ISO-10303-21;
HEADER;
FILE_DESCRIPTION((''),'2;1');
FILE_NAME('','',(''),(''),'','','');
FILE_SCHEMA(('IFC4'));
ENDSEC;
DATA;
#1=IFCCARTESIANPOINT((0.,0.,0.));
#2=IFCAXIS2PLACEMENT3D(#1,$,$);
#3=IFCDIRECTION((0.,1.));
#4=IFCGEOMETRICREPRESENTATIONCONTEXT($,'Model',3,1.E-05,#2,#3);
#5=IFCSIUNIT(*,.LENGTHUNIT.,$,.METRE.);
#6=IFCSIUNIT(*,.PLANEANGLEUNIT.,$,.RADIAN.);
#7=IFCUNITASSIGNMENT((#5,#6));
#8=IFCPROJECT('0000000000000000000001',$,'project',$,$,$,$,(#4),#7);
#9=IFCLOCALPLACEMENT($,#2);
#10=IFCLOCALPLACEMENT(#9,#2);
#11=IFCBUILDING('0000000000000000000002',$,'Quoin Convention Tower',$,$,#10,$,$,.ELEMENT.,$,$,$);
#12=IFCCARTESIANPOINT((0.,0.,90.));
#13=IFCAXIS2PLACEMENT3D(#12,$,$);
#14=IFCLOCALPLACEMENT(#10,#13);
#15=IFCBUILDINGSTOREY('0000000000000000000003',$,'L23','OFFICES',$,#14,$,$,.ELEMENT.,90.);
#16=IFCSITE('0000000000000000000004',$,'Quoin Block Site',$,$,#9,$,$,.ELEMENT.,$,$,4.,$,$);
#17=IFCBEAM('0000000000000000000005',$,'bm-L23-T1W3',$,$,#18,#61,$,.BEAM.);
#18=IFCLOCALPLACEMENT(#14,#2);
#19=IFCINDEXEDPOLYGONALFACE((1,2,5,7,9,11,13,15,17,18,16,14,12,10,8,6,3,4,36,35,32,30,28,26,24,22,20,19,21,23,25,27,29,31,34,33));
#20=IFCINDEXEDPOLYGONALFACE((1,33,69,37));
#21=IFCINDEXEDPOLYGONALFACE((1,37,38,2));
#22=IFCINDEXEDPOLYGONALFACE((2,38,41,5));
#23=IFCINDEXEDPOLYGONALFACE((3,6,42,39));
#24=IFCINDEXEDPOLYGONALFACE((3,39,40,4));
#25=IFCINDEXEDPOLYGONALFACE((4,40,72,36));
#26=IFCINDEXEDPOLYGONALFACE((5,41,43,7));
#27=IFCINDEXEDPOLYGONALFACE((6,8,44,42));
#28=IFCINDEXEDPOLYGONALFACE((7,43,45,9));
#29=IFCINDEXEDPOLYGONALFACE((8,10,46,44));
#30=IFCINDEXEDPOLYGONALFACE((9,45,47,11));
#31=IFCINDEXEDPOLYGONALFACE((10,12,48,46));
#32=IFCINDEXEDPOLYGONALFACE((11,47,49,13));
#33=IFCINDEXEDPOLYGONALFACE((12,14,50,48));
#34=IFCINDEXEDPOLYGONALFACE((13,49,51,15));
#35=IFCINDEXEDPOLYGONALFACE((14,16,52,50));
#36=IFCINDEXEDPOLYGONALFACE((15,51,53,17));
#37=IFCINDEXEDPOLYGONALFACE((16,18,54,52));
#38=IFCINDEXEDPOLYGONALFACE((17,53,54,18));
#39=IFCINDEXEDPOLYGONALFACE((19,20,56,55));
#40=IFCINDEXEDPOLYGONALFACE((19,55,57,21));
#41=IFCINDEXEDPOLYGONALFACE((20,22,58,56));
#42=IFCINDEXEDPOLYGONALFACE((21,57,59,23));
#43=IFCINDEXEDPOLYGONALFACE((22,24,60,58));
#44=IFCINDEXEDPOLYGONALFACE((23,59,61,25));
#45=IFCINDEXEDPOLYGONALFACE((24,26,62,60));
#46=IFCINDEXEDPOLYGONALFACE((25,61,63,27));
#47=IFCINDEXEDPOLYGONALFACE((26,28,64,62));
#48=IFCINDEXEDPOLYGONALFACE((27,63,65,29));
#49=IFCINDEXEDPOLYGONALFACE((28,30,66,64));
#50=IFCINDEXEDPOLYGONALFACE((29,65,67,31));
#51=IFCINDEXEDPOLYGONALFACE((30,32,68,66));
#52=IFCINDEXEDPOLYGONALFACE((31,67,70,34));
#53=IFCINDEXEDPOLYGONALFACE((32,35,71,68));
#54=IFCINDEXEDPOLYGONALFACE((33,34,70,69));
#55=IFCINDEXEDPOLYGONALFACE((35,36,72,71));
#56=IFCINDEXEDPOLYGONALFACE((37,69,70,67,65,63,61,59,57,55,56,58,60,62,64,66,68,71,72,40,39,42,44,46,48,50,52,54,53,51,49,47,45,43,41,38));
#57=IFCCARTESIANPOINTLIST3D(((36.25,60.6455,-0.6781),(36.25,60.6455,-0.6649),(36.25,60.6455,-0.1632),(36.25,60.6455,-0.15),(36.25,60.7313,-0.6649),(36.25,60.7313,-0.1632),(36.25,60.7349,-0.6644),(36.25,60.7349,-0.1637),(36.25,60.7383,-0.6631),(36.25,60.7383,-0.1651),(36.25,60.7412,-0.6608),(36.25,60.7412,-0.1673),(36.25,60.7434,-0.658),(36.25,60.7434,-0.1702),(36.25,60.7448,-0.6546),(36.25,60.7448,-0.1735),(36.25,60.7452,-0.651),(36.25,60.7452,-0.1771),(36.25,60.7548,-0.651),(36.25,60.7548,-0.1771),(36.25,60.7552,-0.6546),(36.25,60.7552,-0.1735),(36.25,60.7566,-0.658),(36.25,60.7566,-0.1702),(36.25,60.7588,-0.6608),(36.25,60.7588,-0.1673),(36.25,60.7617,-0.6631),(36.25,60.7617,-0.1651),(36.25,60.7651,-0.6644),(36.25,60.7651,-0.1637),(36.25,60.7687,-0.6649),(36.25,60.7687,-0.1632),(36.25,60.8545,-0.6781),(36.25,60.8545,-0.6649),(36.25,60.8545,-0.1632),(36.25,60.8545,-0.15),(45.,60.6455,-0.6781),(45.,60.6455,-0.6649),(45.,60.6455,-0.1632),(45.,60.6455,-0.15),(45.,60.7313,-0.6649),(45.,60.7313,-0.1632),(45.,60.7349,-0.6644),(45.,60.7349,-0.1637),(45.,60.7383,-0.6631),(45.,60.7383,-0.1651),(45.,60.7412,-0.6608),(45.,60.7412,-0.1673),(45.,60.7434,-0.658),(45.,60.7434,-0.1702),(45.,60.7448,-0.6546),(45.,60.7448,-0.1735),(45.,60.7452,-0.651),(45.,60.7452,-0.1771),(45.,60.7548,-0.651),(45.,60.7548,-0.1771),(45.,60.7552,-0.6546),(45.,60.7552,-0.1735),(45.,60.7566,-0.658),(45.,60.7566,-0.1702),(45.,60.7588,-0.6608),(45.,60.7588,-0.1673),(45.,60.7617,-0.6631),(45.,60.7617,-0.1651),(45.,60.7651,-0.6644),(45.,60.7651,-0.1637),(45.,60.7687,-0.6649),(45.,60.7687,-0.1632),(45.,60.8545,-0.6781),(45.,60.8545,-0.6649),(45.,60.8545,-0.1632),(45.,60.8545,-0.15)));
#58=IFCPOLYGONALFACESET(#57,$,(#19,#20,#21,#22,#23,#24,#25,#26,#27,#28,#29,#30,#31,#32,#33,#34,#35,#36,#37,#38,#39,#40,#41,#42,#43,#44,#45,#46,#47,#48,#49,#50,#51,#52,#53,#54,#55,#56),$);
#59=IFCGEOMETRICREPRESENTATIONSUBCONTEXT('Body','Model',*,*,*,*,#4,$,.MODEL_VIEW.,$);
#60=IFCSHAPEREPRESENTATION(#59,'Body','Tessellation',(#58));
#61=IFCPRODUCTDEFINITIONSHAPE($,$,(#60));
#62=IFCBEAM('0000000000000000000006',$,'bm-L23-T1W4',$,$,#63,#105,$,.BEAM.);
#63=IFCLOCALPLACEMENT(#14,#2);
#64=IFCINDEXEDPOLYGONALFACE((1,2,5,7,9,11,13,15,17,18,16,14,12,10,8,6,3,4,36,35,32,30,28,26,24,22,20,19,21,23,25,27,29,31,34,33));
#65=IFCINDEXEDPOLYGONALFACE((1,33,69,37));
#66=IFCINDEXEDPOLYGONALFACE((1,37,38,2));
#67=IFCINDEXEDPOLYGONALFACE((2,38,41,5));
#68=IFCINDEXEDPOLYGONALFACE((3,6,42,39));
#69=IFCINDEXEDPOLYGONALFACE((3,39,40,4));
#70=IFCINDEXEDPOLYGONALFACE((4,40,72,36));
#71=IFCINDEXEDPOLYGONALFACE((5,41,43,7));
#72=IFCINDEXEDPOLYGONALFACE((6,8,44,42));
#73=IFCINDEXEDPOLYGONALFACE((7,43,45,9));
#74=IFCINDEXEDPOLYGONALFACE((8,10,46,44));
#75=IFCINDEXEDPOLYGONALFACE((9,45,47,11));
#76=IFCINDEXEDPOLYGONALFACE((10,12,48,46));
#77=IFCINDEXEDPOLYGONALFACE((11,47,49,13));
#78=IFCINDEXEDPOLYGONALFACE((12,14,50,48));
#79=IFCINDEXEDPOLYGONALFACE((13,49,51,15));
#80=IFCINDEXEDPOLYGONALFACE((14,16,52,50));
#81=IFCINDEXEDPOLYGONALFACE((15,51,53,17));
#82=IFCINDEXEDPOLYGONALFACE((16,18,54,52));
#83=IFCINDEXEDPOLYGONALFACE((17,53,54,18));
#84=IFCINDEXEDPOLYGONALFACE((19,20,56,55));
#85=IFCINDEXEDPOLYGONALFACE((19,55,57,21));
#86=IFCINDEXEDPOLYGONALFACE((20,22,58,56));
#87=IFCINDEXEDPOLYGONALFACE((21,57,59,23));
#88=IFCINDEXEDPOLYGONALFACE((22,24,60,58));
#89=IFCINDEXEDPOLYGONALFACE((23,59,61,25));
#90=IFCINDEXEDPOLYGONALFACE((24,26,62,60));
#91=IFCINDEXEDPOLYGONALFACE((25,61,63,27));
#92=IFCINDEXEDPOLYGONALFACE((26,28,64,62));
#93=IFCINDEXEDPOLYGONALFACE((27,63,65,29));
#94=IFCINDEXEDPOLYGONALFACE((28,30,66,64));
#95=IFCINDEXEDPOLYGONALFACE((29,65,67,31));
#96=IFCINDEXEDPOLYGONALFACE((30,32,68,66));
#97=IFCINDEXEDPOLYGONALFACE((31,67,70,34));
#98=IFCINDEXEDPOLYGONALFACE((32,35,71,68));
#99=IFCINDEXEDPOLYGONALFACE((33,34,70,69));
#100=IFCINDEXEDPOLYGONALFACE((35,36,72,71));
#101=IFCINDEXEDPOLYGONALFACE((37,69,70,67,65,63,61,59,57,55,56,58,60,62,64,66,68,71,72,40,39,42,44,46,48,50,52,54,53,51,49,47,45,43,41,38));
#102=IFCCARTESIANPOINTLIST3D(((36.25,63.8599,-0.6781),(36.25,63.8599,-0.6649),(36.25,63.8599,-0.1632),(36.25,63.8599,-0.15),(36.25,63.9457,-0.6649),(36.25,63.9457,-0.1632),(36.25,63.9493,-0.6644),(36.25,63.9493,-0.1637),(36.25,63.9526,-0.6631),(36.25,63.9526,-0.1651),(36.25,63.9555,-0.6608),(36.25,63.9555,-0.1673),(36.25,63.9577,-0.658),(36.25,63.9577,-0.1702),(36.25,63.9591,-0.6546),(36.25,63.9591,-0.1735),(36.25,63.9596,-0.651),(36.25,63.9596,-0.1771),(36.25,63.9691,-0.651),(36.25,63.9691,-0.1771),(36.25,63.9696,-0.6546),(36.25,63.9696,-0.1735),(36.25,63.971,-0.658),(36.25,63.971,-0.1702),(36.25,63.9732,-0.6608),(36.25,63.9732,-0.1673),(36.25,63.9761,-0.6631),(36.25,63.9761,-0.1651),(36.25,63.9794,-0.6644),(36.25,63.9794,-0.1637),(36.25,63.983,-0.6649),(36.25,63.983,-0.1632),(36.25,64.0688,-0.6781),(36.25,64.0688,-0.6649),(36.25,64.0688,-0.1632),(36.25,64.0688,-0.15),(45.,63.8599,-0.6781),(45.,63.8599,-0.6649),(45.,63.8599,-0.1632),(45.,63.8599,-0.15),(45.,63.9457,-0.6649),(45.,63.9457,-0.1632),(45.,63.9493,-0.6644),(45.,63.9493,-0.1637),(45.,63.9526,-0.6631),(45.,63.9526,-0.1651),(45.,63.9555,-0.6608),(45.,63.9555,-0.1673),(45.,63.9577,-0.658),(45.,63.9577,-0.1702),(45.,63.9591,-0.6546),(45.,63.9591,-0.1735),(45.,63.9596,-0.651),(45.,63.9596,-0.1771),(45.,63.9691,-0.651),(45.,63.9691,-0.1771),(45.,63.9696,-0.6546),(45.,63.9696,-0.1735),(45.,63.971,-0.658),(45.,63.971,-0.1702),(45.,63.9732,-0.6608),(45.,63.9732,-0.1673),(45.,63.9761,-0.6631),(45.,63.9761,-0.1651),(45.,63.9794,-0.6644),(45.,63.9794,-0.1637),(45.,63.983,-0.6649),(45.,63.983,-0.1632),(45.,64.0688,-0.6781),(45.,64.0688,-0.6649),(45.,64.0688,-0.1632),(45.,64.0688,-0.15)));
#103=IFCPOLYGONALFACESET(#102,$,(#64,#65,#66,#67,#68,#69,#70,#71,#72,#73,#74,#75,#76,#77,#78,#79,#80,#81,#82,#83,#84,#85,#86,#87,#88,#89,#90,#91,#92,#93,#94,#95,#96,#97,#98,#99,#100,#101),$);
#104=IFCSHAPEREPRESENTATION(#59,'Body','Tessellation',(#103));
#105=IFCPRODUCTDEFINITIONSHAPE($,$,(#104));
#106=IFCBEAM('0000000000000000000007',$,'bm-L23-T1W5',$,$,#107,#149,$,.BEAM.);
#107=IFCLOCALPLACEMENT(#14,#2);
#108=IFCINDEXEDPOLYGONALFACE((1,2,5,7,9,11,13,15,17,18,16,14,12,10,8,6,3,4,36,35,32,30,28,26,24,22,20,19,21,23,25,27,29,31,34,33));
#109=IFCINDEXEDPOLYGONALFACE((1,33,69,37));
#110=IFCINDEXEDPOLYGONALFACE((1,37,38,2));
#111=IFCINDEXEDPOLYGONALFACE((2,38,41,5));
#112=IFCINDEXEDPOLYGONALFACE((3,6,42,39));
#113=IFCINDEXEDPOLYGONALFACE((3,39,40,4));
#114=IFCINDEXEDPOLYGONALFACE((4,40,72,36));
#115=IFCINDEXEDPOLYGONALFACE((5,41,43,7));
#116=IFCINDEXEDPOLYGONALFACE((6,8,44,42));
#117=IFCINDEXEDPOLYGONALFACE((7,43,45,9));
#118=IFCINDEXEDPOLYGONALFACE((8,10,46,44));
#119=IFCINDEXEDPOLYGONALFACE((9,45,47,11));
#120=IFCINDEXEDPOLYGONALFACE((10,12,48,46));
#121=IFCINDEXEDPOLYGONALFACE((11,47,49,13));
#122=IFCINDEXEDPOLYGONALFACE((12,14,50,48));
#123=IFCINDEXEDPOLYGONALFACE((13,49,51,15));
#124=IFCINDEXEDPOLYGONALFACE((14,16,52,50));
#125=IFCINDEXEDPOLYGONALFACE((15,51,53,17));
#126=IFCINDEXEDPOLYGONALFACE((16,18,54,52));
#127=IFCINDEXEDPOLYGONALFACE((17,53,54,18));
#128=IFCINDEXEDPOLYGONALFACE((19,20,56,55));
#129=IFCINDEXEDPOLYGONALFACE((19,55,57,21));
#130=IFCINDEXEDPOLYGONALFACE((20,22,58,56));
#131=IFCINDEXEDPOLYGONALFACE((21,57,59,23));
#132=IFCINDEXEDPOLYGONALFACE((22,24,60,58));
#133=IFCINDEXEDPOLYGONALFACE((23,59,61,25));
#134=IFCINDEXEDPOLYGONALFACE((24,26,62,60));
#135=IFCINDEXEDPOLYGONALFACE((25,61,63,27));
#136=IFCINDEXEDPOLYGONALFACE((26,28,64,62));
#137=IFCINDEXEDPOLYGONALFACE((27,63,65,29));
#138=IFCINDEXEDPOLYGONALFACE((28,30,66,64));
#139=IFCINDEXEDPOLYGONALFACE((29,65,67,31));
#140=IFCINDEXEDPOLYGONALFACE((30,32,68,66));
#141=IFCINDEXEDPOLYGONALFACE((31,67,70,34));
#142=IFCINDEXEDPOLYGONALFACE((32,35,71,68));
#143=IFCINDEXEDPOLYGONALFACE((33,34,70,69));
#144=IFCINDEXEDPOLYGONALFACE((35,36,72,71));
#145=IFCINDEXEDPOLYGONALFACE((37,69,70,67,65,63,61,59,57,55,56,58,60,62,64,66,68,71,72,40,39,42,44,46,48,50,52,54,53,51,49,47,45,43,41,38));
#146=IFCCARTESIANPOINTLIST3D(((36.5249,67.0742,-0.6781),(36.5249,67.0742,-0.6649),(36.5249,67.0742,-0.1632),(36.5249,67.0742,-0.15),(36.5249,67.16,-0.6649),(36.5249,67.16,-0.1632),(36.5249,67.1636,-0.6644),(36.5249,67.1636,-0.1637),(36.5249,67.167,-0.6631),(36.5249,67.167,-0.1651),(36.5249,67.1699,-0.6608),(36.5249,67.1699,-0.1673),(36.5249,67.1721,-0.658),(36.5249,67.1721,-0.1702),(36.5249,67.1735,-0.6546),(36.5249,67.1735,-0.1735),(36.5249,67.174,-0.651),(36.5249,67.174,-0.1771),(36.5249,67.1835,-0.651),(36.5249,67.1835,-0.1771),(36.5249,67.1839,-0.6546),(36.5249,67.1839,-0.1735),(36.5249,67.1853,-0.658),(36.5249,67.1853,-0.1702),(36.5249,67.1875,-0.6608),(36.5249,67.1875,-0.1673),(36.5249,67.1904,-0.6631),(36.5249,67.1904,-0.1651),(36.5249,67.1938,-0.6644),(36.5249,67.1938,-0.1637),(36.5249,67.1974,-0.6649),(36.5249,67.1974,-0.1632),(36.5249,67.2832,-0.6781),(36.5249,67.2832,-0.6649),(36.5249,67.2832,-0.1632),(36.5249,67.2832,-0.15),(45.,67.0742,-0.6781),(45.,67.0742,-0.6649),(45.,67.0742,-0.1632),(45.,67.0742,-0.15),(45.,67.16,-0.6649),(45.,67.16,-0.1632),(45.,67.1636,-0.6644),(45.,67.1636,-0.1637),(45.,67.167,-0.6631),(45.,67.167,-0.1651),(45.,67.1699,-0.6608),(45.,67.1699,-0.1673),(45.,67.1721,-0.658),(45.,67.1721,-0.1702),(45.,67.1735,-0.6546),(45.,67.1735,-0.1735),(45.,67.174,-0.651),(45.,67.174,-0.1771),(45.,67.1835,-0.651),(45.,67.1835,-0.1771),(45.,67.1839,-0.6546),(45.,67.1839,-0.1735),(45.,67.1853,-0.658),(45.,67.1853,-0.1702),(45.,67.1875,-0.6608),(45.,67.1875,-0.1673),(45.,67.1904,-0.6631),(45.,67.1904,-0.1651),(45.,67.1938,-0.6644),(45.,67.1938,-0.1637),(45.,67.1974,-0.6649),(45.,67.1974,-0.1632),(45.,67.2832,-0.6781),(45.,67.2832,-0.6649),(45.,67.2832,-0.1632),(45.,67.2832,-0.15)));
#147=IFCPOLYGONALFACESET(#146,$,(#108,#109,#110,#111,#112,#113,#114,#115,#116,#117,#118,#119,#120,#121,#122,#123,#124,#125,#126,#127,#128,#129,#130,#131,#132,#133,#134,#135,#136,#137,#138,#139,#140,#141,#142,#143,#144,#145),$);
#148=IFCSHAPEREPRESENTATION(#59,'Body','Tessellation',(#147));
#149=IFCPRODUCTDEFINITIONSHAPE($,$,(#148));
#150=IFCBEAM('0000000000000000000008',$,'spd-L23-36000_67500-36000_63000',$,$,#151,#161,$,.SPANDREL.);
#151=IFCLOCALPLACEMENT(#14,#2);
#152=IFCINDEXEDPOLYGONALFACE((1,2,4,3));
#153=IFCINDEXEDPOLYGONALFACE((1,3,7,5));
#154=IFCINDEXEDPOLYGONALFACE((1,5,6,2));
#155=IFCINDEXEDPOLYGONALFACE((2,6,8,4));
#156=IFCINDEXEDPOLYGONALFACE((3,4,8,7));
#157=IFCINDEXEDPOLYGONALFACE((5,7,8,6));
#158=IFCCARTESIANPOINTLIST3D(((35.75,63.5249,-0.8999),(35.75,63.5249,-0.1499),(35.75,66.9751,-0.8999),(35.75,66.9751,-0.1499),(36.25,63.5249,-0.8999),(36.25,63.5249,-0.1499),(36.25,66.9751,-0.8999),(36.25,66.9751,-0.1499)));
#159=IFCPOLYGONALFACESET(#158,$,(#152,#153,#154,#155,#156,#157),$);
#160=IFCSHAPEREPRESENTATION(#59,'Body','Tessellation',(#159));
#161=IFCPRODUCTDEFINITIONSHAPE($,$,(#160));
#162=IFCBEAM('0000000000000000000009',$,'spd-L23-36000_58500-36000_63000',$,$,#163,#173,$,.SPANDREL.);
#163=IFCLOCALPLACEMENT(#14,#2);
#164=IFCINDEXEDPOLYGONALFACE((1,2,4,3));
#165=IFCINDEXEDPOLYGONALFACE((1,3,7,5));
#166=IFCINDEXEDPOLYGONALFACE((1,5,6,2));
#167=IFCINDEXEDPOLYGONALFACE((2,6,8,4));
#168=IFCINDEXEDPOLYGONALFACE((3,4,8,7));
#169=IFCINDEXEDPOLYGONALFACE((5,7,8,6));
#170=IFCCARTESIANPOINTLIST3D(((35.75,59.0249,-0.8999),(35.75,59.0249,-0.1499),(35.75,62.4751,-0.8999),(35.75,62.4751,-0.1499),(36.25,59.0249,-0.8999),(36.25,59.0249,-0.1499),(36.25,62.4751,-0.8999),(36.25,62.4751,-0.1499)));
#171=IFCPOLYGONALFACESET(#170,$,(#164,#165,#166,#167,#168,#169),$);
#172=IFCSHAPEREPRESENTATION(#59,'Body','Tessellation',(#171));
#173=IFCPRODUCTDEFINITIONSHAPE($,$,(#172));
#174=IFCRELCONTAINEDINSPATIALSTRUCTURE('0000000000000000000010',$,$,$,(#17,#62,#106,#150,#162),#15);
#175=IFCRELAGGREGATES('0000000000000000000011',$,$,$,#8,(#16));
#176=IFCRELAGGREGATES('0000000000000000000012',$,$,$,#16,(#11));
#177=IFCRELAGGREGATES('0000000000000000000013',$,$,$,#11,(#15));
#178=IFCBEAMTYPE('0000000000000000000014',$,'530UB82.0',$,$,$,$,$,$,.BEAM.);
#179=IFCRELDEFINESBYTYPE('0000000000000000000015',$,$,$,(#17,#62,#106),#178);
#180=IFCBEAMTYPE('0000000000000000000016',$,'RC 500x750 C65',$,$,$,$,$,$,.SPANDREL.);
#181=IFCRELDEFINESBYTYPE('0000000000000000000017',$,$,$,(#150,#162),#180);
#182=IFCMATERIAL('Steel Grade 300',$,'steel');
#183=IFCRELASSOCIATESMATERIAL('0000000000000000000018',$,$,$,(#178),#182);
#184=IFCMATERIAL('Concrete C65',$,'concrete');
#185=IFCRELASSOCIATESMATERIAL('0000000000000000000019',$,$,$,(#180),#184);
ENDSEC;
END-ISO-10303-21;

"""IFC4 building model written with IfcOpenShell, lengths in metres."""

from ifc_helpers import new_model, si_unit, direction, frame, origin, origin_2d, place, context, subcontext, project, spatial, rectangle, i_section, extrude, material, material_profile, profile_set, type_object, element, save


model = new_model("IFC4")

# Units and contexts
model_context = context("Model", 3, precision=1e-05, world=origin(), true_north=direction((0.0, 1.0)))
body_context = subcontext(model_context, "Body", "Model", "MODEL_VIEW")
ifc_project = project(units=[si_unit("LENGTHUNIT", "METRE"), si_unit("PLANEANGLEUNIT", "RADIAN")], contexts=[model_context])

# Site, building, storey
site_placement = place(None, origin())
site = spatial("IfcSite", under=ifc_project, at=site_placement, Name="Quoin Block Site", CompositionType="ELEMENT", RefElevation=4.0)
building_placement = place(site_placement, origin())
building = spatial("IfcBuilding", under=site, at=building_placement, Name="Quoin Convention Tower", CompositionType="ELEMENT")
storey_placement = place(building_placement, frame((0.0, 0.0, 90.0)))
storey = spatial("IfcBuildingStorey", under=building, at=storey_placement, Name="L23", Description="OFFICES", CompositionType="ELEMENT", Elevation=90.0)

# Shared definitions
ifc_material_1 = material(Name="Concrete C65", Category="concrete")

# Beams
ifc_material_2 = material(Name="Steel Grade 300", Category="steel")
ifc_material_profile_1 = material_profile(ifc_material_2, i_section(OverallWidth=0.209, OverallDepth=0.5281, WebThickness=0.0095, FlangeThickness=0.0132, FilletRadius=0.0139, at=origin_2d()), Name="530UB82.0")
ifc_profile_set_1 = profile_set([ifc_material_profile_1], Name="Steel Grade 300")
beam_type_1 = type_object("IfcBeamType", Name="530UB82.0", PredefinedType="BEAM", material=ifc_profile_set_1)
for number, where, z_axis, x_axis, name in (
    (1, (36.25, 60.75, -0.4141), (1.0, 0.0, 0.0), (0.0, 1.0, 0.0), "bm-L23-T1W3"),
    (2, (36.25, 63.9644, -0.4141), (1.0, 0.0, 0.0), (0.0, 1.0, 0.0), "bm-L23-T1W4"),
):
    element("IfcBeam", number, at=place(storey_placement, frame(where, z_axis=z_axis, x_axis=x_axis)), inside=storey, type_object=beam_type_1, Name=name, PredefinedType="BEAM", context=body_context, shape_type="SweptSolid", body=[
        extrude(i_section(OverallWidth=0.209, OverallDepth=0.5281, WebThickness=0.0095, FlangeThickness=0.0132, FilletRadius=0.0139, at=origin_2d()), origin(), (0.0, 0.0, 1.0), 8.75),
    ])
beam_1_placement = place(storey_placement, frame((36.5249, 67.1787, -0.4141), z_axis=(1.0, 0.0, 0.0), x_axis=(0.0, 1.0, 0.0)))
element("IfcBeam", 3, at=beam_1_placement, inside=storey, type_object=beam_type_1, Name="bm-L23-T1W5", PredefinedType="BEAM", context=body_context, shape_type="SweptSolid", body=[
    extrude(i_section(OverallWidth=0.209, OverallDepth=0.5281, WebThickness=0.0095, FlangeThickness=0.0132, FilletRadius=0.0139, at=origin_2d()), origin(), (0.0, 0.0, 1.0), 8.4751),
])
ifc_material_profile_2 = material_profile(ifc_material_1, rectangle(XDim=0.5, YDim=0.75, at=origin_2d()), Name="RC 500x750")
ifc_profile_set_2 = profile_set([ifc_material_profile_2], Name="Concrete C65")
beam_type_2 = type_object("IfcBeamType", Name="RC 500x750 C65", PredefinedType="SPANDREL", material=ifc_profile_set_2)
for number, where, z_axis, x_axis, name in (
    (4, (36.0, 66.9751, -0.5249), (0.0, -1.0, 0.0), (1.0, 0.0, 0.0), "spd-L23-36000_67500-36000_63000"),
    (5, (36.0, 59.0249, -0.5249), (0.0, 1.0, 0.0), (-1.0, 0.0, 0.0), "spd-L23-36000_58500-36000_63000"),
):
    element("IfcBeam", number, at=place(storey_placement, frame(where, z_axis=z_axis, x_axis=x_axis)), inside=storey, type_object=beam_type_2, Name=name, PredefinedType="SPANDREL", context=body_context, shape_type="SweptSolid", body=[
        extrude(rectangle(XDim=0.5, YDim=0.75, at=origin_2d()), origin(), (0.0, 0.0, 1.0), 3.4502),
    ])

save(model, "model.ifc")
